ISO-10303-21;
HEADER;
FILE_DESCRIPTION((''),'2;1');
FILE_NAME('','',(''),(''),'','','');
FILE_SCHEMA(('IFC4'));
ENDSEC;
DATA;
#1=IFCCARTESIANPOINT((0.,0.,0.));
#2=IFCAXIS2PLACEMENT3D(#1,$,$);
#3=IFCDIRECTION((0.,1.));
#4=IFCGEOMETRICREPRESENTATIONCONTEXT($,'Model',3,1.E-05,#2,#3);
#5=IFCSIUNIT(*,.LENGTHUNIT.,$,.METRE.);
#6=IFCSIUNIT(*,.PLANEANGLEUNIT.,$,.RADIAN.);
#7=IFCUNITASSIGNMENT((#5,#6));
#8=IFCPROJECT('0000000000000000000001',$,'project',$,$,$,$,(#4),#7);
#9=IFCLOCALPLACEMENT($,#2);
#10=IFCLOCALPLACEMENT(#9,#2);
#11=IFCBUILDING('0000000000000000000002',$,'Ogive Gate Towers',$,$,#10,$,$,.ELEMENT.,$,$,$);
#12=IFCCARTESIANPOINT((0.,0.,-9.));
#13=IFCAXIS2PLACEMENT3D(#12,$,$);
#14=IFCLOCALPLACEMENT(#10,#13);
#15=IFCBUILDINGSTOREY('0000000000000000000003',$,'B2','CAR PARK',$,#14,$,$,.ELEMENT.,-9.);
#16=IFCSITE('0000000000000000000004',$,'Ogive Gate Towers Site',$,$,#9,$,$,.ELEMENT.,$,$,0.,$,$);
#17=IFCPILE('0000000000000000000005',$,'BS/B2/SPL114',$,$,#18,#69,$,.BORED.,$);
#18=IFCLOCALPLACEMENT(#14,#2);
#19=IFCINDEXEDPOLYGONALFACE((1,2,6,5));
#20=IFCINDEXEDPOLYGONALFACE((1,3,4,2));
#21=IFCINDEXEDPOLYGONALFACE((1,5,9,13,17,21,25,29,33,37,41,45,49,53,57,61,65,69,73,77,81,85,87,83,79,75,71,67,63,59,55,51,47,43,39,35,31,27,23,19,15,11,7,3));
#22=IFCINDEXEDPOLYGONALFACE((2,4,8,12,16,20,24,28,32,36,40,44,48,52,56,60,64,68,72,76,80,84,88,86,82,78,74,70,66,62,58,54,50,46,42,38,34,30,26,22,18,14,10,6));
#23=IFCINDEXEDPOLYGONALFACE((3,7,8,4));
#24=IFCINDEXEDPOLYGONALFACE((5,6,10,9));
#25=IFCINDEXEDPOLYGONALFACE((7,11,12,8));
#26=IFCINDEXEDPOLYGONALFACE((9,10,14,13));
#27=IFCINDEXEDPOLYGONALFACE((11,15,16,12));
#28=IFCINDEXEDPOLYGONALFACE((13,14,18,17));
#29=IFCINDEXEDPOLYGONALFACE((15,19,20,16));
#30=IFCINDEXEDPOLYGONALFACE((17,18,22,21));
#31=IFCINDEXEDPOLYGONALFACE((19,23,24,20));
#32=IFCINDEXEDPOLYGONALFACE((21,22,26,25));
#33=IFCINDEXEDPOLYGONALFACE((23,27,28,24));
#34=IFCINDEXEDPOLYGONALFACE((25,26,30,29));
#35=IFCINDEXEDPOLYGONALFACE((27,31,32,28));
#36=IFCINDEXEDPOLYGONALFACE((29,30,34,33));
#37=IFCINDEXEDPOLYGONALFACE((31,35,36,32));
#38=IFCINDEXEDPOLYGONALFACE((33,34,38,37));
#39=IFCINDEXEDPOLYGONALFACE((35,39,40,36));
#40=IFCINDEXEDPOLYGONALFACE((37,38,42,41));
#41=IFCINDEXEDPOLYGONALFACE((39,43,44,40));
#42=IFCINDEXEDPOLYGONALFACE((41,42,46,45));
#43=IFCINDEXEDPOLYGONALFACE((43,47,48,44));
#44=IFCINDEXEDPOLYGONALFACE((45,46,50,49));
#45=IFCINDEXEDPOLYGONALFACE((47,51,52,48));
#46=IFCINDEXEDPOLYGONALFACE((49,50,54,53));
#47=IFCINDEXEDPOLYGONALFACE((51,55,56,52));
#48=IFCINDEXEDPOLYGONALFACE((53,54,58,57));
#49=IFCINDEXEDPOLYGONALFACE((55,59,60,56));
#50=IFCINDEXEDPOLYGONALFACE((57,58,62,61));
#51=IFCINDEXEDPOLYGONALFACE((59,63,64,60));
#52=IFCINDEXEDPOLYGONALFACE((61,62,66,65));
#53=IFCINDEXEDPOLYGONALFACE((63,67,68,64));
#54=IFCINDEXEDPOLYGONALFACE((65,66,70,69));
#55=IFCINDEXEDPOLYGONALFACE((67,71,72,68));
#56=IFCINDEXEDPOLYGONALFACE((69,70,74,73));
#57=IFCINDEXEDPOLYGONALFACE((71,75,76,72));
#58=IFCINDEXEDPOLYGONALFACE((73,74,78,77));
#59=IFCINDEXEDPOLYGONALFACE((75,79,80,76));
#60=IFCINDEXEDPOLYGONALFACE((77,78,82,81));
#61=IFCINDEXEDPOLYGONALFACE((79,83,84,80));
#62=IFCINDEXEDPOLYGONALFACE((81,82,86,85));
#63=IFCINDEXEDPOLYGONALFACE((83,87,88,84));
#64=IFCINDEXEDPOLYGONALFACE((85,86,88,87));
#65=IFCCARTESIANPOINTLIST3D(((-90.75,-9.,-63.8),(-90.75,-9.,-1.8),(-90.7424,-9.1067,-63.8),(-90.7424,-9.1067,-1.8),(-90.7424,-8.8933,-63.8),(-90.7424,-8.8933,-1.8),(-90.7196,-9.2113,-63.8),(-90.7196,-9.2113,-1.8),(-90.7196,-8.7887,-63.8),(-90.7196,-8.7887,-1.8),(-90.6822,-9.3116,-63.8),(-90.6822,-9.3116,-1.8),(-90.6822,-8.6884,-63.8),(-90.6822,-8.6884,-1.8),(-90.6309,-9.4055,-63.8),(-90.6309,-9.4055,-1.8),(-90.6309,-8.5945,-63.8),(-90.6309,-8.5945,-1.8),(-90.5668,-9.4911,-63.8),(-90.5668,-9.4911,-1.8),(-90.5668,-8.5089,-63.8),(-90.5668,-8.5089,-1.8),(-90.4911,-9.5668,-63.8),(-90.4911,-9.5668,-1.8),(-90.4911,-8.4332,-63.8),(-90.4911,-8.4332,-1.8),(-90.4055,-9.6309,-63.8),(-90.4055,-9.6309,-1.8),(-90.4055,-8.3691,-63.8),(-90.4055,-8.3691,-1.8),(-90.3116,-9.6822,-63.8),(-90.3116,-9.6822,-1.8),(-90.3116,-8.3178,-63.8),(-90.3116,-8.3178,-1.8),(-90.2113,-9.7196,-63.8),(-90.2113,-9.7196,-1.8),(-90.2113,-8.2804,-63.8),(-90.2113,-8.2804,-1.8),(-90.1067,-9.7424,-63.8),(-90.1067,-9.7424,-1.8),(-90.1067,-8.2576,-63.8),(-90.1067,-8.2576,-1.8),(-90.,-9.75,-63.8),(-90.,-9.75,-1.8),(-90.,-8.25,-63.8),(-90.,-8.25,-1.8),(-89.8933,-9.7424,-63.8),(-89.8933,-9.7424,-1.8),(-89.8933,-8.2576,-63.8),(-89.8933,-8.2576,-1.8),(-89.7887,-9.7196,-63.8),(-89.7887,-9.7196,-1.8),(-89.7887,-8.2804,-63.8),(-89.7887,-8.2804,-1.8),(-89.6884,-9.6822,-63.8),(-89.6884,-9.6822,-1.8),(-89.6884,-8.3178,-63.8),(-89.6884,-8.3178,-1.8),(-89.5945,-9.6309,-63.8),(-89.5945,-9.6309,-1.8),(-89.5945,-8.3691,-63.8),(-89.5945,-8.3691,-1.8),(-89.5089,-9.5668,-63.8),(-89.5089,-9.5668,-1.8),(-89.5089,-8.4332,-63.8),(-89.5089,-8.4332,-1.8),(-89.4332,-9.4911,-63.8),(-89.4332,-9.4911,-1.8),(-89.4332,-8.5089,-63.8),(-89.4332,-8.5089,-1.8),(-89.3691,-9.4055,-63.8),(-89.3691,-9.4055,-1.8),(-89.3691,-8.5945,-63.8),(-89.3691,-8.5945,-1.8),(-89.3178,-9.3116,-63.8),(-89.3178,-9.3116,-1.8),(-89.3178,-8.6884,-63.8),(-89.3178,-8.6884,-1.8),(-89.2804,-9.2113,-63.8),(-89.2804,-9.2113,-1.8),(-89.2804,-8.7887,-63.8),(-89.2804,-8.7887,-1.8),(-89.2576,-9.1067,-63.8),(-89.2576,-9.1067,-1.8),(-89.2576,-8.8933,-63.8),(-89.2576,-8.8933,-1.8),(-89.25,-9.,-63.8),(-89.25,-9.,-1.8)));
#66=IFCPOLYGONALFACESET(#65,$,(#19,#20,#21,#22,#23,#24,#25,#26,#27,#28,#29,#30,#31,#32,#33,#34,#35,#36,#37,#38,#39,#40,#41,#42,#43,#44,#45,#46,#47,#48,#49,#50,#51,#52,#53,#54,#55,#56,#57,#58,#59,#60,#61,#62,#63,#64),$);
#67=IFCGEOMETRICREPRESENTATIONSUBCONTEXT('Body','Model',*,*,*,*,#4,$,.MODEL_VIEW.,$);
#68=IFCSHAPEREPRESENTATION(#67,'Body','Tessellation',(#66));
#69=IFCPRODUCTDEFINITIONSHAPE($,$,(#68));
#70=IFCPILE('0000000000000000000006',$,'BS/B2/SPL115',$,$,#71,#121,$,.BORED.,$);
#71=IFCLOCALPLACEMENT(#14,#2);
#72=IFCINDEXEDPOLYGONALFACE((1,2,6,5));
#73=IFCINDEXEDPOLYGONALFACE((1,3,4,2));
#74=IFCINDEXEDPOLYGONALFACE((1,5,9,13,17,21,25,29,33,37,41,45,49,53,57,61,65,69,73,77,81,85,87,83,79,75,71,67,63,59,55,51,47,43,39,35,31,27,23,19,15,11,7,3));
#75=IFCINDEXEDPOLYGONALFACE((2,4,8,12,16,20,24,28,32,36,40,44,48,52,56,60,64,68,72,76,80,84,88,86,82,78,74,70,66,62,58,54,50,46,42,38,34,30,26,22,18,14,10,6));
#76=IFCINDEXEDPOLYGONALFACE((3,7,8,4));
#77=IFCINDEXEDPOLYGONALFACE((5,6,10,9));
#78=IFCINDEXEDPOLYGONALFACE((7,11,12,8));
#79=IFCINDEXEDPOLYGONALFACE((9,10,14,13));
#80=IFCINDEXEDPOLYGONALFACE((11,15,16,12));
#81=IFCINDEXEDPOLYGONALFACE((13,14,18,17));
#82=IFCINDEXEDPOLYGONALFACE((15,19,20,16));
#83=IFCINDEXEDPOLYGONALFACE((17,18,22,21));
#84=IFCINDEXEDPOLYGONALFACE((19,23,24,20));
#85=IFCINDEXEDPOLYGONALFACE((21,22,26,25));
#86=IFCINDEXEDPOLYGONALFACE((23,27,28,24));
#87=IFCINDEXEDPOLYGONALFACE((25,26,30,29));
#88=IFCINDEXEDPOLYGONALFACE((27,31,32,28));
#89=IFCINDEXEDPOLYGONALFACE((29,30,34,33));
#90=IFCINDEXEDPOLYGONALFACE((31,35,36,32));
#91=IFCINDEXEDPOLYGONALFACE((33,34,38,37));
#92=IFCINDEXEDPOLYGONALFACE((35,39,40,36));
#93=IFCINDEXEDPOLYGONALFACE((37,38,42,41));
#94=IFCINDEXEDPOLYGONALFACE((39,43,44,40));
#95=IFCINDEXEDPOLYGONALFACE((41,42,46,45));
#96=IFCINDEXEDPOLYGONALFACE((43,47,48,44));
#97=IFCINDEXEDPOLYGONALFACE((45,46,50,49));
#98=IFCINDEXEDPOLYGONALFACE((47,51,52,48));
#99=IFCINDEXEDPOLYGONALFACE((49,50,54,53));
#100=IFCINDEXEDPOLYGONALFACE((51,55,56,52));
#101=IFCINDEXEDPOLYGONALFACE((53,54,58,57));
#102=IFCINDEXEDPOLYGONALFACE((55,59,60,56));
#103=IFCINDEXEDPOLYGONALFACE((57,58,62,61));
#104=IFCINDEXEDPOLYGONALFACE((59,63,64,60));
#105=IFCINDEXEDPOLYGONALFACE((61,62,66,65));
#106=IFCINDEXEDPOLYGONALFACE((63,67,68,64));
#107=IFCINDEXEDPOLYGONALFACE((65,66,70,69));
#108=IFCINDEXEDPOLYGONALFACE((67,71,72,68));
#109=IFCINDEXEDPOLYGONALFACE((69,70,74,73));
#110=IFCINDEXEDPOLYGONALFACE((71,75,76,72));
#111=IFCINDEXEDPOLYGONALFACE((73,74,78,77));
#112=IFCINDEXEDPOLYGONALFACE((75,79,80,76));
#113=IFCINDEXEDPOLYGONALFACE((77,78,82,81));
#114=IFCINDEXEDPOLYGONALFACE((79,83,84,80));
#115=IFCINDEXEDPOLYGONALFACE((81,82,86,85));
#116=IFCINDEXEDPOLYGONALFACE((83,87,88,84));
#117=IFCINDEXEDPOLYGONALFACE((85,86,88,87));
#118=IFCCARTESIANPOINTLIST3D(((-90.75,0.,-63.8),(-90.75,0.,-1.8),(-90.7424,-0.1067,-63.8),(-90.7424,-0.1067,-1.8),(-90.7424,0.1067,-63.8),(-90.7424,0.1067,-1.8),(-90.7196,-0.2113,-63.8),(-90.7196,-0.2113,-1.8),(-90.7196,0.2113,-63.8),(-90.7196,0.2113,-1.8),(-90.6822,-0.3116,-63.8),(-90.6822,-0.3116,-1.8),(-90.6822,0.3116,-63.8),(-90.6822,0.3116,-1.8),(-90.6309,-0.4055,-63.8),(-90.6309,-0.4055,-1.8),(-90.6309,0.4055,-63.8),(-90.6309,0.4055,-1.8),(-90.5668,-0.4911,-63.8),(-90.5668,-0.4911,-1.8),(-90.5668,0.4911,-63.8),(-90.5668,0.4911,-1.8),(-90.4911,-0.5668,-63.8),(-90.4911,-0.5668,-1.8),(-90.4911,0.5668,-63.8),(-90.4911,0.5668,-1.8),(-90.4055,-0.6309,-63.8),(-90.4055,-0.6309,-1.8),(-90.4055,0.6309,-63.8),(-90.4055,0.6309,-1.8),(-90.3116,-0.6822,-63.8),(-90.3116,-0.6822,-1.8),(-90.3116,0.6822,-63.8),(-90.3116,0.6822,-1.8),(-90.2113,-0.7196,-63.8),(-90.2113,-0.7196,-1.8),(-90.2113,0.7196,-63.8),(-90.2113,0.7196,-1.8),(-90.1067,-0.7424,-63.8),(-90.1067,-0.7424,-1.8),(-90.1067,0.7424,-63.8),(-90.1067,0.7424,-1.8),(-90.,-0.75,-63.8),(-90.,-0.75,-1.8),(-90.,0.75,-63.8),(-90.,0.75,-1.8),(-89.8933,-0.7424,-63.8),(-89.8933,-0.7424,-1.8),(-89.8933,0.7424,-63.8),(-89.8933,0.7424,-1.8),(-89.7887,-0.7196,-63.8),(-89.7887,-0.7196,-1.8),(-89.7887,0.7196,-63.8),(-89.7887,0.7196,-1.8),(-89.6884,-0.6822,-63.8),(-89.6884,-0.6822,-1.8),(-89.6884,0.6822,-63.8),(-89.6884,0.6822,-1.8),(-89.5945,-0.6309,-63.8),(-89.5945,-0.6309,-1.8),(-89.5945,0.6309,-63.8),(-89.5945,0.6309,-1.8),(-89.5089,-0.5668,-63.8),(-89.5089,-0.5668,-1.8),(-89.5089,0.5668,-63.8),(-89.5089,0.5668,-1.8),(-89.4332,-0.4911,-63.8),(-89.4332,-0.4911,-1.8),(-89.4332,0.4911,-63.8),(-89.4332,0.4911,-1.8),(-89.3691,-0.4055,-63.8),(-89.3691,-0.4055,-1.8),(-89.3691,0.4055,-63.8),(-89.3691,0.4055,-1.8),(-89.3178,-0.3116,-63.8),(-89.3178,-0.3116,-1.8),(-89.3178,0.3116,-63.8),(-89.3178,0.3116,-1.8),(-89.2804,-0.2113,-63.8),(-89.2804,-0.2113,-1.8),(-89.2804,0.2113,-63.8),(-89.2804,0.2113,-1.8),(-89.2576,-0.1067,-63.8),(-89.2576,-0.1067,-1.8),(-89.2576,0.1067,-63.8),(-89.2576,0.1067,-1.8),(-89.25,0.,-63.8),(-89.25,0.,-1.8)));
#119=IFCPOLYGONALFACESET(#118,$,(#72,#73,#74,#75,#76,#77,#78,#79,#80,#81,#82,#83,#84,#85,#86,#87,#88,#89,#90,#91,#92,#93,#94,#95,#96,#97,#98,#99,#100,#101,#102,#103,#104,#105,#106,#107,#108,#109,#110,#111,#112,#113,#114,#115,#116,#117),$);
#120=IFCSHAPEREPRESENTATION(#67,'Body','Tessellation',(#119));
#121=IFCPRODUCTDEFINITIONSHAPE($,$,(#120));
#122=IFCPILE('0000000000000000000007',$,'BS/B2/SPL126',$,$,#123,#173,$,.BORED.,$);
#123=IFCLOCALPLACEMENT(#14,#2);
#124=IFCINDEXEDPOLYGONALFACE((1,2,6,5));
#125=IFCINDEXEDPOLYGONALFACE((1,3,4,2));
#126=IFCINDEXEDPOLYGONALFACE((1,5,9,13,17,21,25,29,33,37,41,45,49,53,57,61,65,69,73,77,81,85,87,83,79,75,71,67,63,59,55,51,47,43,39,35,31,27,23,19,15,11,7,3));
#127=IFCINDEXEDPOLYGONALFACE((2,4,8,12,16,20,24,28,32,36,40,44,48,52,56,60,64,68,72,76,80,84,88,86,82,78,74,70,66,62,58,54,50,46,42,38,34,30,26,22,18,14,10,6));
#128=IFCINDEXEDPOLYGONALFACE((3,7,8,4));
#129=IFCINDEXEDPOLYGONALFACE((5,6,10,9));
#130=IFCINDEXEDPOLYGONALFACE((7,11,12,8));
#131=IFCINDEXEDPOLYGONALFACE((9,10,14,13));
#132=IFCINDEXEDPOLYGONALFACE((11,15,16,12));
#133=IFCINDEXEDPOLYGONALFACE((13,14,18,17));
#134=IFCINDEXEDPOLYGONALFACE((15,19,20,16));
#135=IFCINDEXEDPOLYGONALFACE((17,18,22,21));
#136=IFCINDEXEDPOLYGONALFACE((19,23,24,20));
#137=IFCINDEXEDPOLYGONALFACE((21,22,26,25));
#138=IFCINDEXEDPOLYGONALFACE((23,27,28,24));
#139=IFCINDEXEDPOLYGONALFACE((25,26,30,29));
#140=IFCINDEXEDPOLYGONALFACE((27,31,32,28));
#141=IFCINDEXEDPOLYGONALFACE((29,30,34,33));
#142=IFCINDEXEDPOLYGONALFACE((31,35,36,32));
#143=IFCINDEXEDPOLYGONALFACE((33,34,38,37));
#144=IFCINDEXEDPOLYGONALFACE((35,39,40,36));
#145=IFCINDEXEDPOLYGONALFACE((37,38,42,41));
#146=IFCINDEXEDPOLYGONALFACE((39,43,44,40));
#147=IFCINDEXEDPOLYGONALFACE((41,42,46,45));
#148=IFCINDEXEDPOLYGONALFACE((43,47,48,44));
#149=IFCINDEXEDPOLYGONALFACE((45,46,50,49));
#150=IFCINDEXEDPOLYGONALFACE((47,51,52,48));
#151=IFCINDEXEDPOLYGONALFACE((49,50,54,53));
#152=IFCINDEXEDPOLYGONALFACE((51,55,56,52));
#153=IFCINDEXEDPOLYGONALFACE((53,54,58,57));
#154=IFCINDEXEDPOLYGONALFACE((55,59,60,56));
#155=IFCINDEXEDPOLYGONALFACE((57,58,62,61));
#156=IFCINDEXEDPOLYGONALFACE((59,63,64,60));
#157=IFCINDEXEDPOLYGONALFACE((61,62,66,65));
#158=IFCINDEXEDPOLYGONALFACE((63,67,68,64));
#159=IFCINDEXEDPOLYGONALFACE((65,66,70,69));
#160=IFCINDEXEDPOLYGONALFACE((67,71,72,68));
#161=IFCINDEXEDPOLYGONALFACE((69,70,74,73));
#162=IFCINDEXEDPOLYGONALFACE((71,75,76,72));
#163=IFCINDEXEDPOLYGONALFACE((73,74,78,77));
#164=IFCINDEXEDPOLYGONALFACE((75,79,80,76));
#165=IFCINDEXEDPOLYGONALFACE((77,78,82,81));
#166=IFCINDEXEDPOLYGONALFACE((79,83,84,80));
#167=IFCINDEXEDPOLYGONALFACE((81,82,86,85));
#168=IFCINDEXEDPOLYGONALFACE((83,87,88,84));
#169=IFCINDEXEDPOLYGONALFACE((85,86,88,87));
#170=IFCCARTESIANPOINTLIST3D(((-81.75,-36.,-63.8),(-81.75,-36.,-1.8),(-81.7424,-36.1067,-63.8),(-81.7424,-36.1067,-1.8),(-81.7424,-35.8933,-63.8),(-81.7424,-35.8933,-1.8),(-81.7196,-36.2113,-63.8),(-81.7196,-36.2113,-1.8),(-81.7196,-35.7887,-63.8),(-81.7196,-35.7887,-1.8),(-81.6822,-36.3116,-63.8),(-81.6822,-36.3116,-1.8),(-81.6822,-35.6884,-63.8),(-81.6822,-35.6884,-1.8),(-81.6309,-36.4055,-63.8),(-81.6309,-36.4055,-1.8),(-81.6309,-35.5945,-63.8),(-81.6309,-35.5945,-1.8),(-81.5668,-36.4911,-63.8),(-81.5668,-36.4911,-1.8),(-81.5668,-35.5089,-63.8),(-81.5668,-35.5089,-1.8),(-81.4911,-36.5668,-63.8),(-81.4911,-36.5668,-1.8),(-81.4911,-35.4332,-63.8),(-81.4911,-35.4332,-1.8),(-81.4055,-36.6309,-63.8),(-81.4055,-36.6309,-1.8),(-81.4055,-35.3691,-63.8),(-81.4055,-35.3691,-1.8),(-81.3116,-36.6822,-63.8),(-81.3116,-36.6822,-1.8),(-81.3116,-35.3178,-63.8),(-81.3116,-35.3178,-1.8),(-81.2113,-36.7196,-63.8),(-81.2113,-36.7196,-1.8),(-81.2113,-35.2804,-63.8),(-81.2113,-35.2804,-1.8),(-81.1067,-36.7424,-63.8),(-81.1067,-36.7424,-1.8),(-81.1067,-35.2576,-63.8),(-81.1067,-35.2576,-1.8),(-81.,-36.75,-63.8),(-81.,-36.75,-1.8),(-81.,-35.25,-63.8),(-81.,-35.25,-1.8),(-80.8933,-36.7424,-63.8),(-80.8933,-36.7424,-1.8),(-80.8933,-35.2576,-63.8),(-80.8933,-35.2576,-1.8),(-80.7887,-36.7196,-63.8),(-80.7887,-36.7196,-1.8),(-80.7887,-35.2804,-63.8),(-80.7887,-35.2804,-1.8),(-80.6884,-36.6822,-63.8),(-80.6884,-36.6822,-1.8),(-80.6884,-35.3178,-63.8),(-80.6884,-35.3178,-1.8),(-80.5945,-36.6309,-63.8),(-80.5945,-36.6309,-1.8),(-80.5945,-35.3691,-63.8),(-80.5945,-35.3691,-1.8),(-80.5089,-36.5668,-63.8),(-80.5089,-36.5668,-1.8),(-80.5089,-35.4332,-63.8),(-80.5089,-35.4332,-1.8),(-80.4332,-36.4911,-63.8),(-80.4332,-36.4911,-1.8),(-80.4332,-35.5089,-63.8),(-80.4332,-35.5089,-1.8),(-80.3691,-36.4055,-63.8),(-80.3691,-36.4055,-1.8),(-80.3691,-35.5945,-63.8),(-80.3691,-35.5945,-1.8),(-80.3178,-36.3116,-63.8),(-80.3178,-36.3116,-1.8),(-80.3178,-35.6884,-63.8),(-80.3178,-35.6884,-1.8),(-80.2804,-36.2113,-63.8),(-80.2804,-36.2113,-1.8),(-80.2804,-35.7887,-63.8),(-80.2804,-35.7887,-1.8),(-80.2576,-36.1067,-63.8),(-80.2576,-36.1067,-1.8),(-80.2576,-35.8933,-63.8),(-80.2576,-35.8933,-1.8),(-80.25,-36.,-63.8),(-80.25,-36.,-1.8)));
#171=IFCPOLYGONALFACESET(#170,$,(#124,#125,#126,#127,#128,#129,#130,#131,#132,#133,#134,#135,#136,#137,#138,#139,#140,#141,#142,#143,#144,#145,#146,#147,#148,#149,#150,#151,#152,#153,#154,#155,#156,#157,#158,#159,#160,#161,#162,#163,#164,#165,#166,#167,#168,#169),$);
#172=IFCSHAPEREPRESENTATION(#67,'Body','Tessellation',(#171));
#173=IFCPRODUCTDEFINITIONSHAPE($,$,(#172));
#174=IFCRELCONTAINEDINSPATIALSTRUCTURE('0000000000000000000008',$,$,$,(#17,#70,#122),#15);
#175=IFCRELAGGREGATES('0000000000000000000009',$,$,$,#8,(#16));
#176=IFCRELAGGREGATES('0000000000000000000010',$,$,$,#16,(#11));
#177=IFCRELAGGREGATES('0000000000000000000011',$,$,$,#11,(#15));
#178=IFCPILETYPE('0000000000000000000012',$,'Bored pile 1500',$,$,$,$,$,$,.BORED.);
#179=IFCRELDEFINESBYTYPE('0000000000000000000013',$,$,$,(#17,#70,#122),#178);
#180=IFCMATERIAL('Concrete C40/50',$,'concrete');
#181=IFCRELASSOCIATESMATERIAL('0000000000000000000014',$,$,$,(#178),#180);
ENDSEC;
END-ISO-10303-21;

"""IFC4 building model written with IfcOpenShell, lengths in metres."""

from ifc_helpers import new_model, si_unit, direction, frame, origin, origin_2d, place, context, subcontext, project, spatial, circle, extrude, material, material_profile, profile_set, type_object, element, save


model = new_model("IFC4")

# Units and contexts
model_context = context("Model", 3, precision=1e-05, world=origin(), true_north=direction((0.0, 1.0)))
body_context = subcontext(model_context, "Body", "Model", "MODEL_VIEW")
ifc_project = project(units=[si_unit("LENGTHUNIT", "METRE"), si_unit("PLANEANGLEUNIT", "RADIAN")], contexts=[model_context])

# Site, building, storey
site_placement = place(None, origin())
site = spatial("IfcSite", under=ifc_project, at=site_placement, Name="Ogive Gate Towers Site", CompositionType="ELEMENT", RefElevation=0.0)
building_placement = place(site_placement, origin())
building = spatial("IfcBuilding", under=site, at=building_placement, Name="Ogive Gate Towers", CompositionType="ELEMENT")
storey_placement = place(building_placement, frame((0.0, 0.0, -9.0)))
storey = spatial("IfcBuildingStorey", under=building, at=storey_placement, Name="B2", Description="CAR PARK", CompositionType="ELEMENT", Elevation=-9.0)

# Piles
ifc_material_1 = material(Name="Concrete C40/50", Category="concrete")
ifc_material_profile_1 = material_profile(ifc_material_1, circle(Radius=0.75, at=origin_2d()), Name="BP 1500")
ifc_profile_set_1 = profile_set([ifc_material_profile_1], Name="Concrete C40/50")
pile_type_1 = type_object("IfcPileType", Name="Bored pile 1500", PredefinedType="BORED", material=ifc_profile_set_1)
for number, where, z_axis, x_axis, name in (
    (1, (-90.0, -9.0, -1.8), (0.0, 0.0, -1.0), (1.0, 0.0, 0.0), "BS/B2/SPL114"),
    (2, (-90.0, 0.0, -1.8), (0.0, 0.0, -1.0), (1.0, 0.0, 0.0), "BS/B2/SPL115"),
    (3, (-81.0, -36.0, -1.8), (0.0, 0.0, -1.0), (1.0, 0.0, 0.0), "BS/B2/SPL126"),
):
    element("IfcPile", number, at=place(storey_placement, frame(where, z_axis=z_axis, x_axis=x_axis)), inside=storey, type_object=pile_type_1, Name=name, PredefinedType="BORED", context=body_context, shape_type="SweptSolid", body=[
        extrude(circle(Radius=0.75, at=origin_2d()), origin(), (0.0, 0.0, 1.0), 62.0),
    ])

save(model, "model.ifc")
